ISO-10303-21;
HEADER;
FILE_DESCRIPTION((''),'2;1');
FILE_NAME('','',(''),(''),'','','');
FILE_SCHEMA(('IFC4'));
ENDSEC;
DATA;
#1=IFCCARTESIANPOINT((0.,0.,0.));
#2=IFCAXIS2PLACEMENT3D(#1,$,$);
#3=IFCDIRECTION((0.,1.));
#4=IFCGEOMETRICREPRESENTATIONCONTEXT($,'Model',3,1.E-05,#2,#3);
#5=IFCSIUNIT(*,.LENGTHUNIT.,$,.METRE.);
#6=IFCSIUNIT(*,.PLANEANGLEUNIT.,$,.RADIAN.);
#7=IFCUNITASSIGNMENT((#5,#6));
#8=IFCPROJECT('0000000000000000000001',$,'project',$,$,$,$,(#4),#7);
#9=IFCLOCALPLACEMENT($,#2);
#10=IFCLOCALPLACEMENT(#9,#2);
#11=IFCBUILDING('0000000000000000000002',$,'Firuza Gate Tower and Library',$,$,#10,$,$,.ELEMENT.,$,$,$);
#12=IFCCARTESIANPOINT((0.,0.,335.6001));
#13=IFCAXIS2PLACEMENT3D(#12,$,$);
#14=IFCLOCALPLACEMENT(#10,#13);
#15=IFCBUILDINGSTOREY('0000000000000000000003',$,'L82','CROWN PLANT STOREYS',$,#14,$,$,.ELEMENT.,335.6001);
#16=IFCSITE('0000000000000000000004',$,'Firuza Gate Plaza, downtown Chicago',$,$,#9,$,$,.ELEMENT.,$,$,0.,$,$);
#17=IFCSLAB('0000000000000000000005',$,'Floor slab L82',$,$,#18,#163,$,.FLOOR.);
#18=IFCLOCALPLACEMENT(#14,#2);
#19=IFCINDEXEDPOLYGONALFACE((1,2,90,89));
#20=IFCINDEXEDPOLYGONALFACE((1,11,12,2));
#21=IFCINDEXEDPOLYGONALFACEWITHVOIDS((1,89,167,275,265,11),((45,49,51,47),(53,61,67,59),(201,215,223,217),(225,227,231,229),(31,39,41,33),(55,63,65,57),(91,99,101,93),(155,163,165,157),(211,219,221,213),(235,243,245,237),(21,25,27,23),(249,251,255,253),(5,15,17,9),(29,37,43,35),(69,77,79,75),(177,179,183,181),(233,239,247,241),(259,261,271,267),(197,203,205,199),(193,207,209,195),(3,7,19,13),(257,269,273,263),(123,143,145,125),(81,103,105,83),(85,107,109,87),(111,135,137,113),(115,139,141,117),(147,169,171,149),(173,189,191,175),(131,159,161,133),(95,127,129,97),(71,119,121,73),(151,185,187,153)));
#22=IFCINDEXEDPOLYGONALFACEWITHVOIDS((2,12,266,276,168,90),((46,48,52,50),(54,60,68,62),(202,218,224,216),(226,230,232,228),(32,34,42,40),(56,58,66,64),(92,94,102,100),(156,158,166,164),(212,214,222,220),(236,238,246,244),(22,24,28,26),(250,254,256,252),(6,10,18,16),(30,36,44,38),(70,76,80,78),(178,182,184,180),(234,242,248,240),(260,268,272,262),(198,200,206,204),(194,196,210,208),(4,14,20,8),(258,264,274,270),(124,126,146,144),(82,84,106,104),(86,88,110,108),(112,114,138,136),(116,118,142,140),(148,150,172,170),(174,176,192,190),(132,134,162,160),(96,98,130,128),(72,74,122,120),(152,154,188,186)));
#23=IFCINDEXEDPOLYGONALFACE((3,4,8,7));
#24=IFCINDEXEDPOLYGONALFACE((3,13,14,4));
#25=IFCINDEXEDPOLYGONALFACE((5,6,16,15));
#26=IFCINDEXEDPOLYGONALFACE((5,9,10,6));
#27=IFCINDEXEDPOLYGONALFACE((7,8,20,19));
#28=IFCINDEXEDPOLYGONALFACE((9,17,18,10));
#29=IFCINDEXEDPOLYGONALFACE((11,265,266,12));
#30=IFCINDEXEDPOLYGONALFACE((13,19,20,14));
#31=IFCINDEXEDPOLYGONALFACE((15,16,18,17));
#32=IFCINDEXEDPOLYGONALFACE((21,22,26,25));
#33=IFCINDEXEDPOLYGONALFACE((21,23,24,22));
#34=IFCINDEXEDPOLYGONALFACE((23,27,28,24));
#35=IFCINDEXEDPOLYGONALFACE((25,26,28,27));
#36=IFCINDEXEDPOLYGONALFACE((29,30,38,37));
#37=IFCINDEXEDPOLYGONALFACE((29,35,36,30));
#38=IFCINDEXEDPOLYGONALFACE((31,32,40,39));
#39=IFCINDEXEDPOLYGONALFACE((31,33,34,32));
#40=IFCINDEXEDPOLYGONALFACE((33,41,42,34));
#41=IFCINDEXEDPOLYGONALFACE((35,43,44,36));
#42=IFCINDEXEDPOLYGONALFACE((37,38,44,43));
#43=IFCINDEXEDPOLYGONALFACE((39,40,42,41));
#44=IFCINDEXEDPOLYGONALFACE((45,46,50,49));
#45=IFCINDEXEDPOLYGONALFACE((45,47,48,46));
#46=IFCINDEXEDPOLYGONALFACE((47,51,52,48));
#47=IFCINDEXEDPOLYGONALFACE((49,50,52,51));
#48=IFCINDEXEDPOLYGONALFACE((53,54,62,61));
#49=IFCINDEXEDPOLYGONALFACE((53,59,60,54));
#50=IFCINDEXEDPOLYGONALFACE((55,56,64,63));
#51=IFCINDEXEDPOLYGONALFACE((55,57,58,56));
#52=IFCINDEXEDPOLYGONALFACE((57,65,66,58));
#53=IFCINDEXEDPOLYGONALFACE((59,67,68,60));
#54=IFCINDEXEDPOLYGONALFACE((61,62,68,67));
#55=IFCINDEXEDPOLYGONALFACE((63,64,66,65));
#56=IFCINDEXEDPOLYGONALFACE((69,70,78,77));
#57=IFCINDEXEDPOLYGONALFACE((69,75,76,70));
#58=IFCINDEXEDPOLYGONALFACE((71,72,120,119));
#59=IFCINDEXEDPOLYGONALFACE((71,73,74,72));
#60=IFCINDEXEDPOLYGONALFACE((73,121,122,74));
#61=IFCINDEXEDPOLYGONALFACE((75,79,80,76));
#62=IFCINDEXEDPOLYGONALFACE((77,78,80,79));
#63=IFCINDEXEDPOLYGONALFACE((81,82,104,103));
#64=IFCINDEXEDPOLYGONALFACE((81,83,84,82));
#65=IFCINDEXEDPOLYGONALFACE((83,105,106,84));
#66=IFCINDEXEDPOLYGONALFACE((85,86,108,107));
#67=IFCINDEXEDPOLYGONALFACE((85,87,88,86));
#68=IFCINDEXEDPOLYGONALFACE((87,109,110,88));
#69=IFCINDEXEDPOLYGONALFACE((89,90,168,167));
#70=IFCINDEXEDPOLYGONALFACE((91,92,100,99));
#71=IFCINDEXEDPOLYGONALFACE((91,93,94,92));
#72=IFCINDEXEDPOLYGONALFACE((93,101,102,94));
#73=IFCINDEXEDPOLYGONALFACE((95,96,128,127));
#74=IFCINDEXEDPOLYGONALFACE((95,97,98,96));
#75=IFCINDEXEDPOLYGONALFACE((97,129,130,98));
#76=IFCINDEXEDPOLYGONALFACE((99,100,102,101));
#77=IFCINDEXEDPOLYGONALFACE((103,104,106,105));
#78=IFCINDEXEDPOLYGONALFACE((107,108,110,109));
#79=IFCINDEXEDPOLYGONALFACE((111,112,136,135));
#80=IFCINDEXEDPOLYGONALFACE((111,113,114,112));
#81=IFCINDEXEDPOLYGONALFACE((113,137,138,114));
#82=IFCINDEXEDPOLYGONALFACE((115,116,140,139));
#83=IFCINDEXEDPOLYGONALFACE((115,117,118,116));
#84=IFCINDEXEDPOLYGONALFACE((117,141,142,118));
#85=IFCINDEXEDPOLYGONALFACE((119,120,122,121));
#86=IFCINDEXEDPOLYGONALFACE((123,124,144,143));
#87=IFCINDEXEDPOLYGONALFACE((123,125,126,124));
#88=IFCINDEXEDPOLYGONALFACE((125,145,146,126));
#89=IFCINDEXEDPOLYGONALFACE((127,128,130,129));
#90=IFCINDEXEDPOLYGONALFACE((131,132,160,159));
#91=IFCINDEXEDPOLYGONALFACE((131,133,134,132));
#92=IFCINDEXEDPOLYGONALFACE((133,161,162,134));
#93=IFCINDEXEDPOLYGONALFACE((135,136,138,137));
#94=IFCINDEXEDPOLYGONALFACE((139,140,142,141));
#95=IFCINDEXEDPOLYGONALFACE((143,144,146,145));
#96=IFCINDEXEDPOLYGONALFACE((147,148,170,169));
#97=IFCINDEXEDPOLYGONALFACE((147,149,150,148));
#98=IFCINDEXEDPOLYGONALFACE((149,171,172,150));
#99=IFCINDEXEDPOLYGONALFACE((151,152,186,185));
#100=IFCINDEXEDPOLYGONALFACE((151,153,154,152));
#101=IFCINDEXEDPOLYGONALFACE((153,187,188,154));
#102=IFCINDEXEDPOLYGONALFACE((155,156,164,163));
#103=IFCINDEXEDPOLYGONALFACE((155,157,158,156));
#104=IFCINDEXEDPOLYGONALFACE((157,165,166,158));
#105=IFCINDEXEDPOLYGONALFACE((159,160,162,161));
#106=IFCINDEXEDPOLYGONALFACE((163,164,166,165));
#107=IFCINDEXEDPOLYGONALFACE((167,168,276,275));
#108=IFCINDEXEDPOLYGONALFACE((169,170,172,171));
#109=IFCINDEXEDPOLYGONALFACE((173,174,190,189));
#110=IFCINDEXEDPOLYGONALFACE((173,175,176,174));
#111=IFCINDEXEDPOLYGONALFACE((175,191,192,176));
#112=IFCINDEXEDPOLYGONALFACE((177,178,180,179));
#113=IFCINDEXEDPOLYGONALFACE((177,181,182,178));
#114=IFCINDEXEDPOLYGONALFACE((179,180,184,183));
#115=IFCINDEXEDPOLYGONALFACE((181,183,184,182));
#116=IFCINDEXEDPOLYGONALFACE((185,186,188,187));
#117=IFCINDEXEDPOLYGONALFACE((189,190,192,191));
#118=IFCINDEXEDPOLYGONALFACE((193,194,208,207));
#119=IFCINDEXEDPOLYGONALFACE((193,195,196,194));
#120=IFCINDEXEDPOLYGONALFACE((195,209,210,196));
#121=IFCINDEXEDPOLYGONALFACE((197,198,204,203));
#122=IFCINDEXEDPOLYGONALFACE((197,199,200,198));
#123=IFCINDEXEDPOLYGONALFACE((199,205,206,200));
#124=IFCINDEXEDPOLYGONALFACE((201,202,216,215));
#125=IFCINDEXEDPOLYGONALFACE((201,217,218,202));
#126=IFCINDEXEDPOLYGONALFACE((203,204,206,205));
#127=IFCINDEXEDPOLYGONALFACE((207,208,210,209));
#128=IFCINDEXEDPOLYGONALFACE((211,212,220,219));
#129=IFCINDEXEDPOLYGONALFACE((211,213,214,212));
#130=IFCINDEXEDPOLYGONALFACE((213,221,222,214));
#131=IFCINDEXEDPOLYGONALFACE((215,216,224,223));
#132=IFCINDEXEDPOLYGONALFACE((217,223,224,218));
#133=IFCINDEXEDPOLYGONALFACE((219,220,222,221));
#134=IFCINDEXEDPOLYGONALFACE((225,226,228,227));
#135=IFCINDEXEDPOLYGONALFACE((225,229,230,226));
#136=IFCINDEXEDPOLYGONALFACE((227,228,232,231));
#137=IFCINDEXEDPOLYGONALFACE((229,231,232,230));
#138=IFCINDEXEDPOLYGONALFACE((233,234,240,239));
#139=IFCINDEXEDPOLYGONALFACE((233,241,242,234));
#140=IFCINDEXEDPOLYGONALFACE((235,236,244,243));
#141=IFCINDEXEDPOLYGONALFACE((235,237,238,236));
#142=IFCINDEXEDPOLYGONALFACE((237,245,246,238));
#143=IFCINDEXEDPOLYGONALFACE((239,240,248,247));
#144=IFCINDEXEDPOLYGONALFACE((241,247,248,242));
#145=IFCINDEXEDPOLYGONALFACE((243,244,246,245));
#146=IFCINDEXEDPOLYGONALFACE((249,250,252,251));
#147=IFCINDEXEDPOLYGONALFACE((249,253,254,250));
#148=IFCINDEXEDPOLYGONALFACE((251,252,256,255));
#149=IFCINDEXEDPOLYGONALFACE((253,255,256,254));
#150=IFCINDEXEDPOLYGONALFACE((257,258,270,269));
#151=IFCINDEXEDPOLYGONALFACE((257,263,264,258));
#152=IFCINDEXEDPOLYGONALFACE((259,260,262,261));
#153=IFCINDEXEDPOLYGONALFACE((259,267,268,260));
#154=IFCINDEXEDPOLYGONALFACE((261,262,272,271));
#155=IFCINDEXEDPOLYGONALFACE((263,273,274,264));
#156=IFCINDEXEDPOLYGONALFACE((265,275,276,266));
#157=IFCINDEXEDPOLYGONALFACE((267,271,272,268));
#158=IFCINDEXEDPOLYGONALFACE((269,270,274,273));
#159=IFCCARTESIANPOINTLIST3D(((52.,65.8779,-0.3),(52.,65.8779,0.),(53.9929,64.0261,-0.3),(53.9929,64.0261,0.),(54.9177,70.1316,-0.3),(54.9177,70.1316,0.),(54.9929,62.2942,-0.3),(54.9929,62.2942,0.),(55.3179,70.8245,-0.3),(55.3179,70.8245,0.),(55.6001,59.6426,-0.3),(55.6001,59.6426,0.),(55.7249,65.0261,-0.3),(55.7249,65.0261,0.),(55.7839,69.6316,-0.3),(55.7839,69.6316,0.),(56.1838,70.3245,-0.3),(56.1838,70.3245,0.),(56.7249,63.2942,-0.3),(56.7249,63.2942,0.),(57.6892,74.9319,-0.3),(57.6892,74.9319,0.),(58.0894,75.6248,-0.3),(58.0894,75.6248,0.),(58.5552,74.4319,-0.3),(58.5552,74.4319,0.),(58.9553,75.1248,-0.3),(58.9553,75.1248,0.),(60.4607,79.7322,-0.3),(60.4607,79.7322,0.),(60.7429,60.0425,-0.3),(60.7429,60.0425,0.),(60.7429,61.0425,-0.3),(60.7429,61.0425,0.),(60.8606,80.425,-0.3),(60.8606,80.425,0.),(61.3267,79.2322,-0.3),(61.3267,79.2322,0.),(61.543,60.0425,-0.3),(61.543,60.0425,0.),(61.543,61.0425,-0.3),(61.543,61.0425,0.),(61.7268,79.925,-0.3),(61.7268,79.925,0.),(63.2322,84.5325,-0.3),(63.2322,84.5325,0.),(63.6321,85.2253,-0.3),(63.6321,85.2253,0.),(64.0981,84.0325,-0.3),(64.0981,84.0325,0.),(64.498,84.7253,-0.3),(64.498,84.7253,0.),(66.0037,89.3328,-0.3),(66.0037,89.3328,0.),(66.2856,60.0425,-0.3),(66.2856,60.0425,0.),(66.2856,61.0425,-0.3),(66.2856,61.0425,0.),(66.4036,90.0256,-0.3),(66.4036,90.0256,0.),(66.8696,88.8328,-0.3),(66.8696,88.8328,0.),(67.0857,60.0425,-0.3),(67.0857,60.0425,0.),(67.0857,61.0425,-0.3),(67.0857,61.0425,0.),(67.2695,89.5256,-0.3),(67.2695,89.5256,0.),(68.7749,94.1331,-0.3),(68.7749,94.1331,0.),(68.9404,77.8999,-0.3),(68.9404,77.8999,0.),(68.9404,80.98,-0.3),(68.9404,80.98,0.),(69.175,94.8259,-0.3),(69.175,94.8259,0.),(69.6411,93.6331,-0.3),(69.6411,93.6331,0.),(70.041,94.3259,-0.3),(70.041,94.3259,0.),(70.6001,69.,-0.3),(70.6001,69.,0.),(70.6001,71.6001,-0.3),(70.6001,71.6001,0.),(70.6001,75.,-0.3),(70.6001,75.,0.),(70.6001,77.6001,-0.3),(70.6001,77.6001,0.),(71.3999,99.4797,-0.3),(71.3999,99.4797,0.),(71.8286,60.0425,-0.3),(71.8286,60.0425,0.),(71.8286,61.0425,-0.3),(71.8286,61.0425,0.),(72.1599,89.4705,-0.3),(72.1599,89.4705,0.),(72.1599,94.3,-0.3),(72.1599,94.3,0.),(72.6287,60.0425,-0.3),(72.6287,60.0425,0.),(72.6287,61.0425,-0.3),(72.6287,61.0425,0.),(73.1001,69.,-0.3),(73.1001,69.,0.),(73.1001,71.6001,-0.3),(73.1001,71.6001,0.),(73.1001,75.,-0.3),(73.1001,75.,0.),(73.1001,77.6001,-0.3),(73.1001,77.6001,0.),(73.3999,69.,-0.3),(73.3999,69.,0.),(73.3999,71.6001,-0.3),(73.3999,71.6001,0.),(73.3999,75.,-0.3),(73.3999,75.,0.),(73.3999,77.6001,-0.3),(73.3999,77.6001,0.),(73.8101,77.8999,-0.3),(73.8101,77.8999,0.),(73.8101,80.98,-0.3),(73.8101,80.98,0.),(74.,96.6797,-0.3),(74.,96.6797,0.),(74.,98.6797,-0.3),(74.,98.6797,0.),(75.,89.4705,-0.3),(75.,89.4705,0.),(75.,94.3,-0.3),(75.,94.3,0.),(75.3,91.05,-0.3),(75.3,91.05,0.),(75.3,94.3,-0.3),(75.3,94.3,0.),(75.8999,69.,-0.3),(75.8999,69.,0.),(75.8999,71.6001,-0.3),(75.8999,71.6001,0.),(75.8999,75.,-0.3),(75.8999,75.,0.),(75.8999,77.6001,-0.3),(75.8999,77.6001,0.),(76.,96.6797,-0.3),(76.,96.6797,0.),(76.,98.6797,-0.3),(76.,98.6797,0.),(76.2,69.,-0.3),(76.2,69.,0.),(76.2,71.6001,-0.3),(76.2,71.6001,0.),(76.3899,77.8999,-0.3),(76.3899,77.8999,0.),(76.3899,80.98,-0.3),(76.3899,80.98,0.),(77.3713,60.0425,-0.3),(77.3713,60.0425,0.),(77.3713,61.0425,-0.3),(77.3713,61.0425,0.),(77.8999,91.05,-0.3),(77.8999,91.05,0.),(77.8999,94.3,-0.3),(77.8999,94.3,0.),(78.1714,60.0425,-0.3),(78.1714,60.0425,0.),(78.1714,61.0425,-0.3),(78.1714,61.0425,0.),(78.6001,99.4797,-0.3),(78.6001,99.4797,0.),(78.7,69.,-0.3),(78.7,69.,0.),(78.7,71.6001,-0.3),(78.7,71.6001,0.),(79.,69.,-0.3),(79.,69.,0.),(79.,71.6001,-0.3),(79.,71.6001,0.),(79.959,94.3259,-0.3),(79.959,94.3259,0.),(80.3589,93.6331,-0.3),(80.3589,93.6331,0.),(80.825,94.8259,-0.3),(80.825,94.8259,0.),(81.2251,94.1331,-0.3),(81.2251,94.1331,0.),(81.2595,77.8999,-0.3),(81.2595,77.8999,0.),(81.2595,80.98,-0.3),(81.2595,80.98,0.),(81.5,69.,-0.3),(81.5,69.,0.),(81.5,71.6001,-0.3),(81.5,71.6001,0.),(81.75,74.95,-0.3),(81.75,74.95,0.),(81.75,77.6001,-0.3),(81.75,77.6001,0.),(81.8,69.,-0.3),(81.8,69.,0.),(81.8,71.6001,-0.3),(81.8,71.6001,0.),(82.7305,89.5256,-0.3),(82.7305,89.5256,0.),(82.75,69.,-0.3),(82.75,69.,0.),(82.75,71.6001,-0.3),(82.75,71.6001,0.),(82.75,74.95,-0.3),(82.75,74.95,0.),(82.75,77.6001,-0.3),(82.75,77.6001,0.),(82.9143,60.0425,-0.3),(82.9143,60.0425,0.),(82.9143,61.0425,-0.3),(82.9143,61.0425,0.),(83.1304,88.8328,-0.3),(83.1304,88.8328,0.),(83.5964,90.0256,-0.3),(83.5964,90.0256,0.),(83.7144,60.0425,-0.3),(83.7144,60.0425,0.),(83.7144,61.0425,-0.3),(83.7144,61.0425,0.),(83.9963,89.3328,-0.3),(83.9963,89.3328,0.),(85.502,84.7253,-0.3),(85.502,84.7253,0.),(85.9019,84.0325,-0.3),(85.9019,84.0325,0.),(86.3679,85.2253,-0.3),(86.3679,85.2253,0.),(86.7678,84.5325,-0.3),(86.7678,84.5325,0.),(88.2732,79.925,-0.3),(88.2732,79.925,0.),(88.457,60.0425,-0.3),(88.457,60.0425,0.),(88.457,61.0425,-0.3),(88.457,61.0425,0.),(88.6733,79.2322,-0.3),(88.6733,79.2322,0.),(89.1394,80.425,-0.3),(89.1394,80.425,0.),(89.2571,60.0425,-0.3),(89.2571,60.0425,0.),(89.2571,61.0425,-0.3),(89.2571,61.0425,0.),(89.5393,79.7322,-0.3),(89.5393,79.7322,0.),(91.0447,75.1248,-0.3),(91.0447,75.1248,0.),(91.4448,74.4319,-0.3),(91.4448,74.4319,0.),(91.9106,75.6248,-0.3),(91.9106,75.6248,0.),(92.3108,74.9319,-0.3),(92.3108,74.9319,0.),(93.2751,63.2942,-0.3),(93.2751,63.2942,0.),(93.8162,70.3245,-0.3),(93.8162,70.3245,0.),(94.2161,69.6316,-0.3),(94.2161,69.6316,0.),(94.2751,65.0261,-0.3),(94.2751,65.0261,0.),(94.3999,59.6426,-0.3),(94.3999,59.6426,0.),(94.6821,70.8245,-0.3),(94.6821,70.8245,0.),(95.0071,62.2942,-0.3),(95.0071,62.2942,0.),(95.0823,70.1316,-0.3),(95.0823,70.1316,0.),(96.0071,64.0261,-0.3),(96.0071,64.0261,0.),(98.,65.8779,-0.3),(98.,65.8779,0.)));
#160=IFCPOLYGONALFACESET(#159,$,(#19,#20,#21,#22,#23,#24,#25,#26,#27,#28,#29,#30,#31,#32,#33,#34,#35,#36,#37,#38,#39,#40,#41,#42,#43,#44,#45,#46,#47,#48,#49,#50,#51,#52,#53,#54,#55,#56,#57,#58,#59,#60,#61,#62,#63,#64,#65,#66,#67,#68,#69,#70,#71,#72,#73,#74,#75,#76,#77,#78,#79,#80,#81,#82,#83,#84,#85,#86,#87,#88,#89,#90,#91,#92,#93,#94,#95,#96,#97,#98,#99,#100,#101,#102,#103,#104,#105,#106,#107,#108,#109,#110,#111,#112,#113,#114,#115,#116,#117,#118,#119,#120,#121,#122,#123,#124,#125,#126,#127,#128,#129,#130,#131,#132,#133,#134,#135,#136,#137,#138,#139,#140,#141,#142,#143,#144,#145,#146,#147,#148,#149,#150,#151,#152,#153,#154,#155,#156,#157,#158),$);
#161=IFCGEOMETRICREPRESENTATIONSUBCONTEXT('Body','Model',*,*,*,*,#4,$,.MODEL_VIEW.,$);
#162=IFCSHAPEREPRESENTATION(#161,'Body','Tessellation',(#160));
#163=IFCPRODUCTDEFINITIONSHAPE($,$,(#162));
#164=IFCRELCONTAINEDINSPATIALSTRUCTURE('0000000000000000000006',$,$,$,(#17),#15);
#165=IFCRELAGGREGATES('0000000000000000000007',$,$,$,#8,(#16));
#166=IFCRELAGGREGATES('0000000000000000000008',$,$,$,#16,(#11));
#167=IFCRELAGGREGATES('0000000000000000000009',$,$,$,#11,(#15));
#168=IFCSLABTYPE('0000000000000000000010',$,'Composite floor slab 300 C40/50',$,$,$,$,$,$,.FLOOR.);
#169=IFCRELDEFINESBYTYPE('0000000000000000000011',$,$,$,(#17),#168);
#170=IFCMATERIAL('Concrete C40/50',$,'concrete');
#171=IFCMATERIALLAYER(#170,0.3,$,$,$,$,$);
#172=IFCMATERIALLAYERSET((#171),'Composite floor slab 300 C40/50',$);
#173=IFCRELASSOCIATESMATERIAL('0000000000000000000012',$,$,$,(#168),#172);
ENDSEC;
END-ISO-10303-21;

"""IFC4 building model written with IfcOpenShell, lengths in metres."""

from ifc_helpers import new_model, si_unit, direction, frame, origin, place, context, subcontext, project, spatial, polyline, outline, extrude, material, layer, layer_set, type_object, element, save


model = new_model("IFC4")

# Units and contexts
model_context = context("Model", 3, precision=1e-05, world=origin(), true_north=direction((0.0, 1.0)))
body_context = subcontext(model_context, "Body", "Model", "MODEL_VIEW")
ifc_project = project(units=[si_unit("LENGTHUNIT", "METRE"), si_unit("PLANEANGLEUNIT", "RADIAN")], contexts=[model_context])

# Site, building, storey
site_placement = place(None, origin())
site = spatial("IfcSite", under=ifc_project, at=site_placement, Name="Firuza Gate Plaza, downtown Chicago", CompositionType="ELEMENT", RefElevation=0.0)
building_placement = place(site_placement, origin())
building = spatial("IfcBuilding", under=site, at=building_placement, Name="Firuza Gate Tower and Library", CompositionType="ELEMENT")
storey_placement = place(building_placement, frame((0.0, 0.0, 335.6001)))
storey = spatial("IfcBuildingStorey", under=building, at=storey_placement, Name="L82", Description="CROWN PLANT STOREYS", CompositionType="ELEMENT", Elevation=335.6001)

# Slab
ifc_material_1 = material(Name="Concrete C40/50", Category="concrete")
ifc_layer_1 = layer(ifc_material_1, 0.3)
ifc_layer_set_1 = layer_set([ifc_layer_1], Name="Composite floor slab 300 C40/50")
slab_type_1 = type_object("IfcSlabType", Name="Composite floor slab 300 C40/50", PredefinedType="FLOOR", material=ifc_layer_set_1)
slab_1_placement = place(storey_placement, frame((0.0, 0.0, -0.3)))
element("IfcSlab", 1, at=slab_1_placement, inside=storey, type_object=slab_type_1, Name="Floor slab L82", PredefinedType="FLOOR", context=body_context, shape_type="SweptSolid", body=[
    extrude(outline(polyline([(52.0, 65.8779), (55.6001, 59.6426), (94.3999, 59.6426), (98.0, 65.8779), (78.6001, 99.4797), (71.3999, 99.4797), (52.0, 65.8779)]), holes=[polyline([(60.7429, 60.0425), (60.7429, 61.0425), (61.543, 61.0425), (61.543, 60.0425), (60.7429, 60.0425)]), polyline([(66.2856, 60.0425), (66.2856, 61.0425), (67.0857, 61.0425), (67.0857, 60.0425), (66.2856, 60.0425)]), polyline([(71.8286, 60.0425), (71.8286, 61.0425), (72.6287, 61.0425), (72.6287, 60.0425), (71.8286, 60.0425)]), polyline([(53.9929, 64.0261), (55.7249, 65.0261), (56.7249, 63.2942), (54.9929, 62.2942), (53.9929, 64.0261)]), polyline([(55.3179, 70.8245), (56.1838, 70.3245), (55.7839, 69.6316), (54.9177, 70.1316), (55.3179, 70.8245)]), polyline([(73.1001, 69.0), (70.6001, 69.0), (70.6001, 71.6001), (73.1001, 71.6001), (73.1001, 69.0)]), polyline([(75.8999, 69.0), (73.3999, 69.0), (73.3999, 71.6001), (75.8999, 71.6001), (75.8999, 69.0)]), polyline([(58.0894, 75.6248), (58.9553, 75.1248), (58.5552, 74.4319), (57.6892, 74.9319), (58.0894, 75.6248)]), polyline([(73.1001, 75.0), (70.6001, 75.0), (70.6001, 77.6001), (73.1001, 77.6001), (73.1001, 75.0)]), polyline([(75.8999, 75.0), (73.3999, 75.0), (73.3999, 77.6001), (75.8999, 77.6001), (75.8999, 75.0)]), polyline([(68.9404, 77.8999), (68.9404, 80.98), (73.8101, 80.98), (73.8101, 77.8999), (68.9404, 77.8999)]), polyline([(60.8606, 80.425), (61.7268, 79.925), (61.3267, 79.2322), (60.4607, 79.7322), (60.8606, 80.425)]), polyline([(63.6321, 85.2253), (64.498, 84.7253), (64.0981, 84.0325), (63.2322, 84.5325), (63.6321, 85.2253)]), polyline([(66.4036, 90.0256), (67.2695, 89.5256), (66.8696, 88.8328), (66.0037, 89.3328), (66.4036, 90.0256)]), polyline([(72.1599, 89.4705), (72.1599, 94.3), (75.0, 94.3), (75.0, 89.4705), (72.1599, 89.4705)]), polyline([(69.175, 94.8259), (70.041, 94.3259), (69.6411, 93.6331), (68.7749, 94.1331), (69.175, 94.8259)]), polyline([(76.0, 98.6797), (76.0, 96.6797), (74.0, 96.6797), (74.0, 98.6797), (76.0, 98.6797)]), polyline([(77.3713, 60.0425), (77.3713, 61.0425), (78.1714, 61.0425), (78.1714, 60.0425), (77.3713, 60.0425)]), polyline([(82.9143, 60.0425), (82.9143, 61.0425), (83.7144, 61.0425), (83.7144, 60.0425), (82.9143, 60.0425)]), polyline([(88.457, 60.0425), (88.457, 61.0425), (89.2571, 61.0425), (89.2571, 60.0425), (88.457, 60.0425)]), polyline([(95.0071, 62.2942), (93.2751, 63.2942), (94.2751, 65.0261), (96.0071, 64.0261), (95.0071, 62.2942)]), polyline([(95.0823, 70.1316), (94.2161, 69.6316), (93.8162, 70.3245), (94.6821, 70.8245), (95.0823, 70.1316)]), polyline([(78.7, 69.0), (76.2, 69.0), (76.2, 71.6001), (78.7, 71.6001), (78.7, 69.0)]), polyline([(81.5, 69.0), (79.0, 69.0), (79.0, 71.6001), (81.5, 71.6001), (81.5, 69.0)]), polyline([(82.75, 69.0), (81.8, 69.0), (81.8, 71.6001), (82.75, 71.6001), (82.75, 69.0)]), polyline([(92.3108, 74.9319), (91.4448, 74.4319), (91.0447, 75.1248), (91.9106, 75.6248), (92.3108, 74.9319)]), polyline([(82.75, 74.95), (81.75, 74.95), (81.75, 77.6001), (82.75, 77.6001), (82.75, 74.95)]), polyline([(81.2595, 80.98), (81.2595, 77.8999), (76.3899, 77.8999), (76.3899, 80.98), (81.2595, 80.98)]), polyline([(89.5393, 79.7322), (88.6733, 79.2322), (88.2732, 79.925), (89.1394, 80.425), (89.5393, 79.7322)]), polyline([(86.7678, 84.5325), (85.9019, 84.0325), (85.502, 84.7253), (86.3679, 85.2253), (86.7678, 84.5325)]), polyline([(83.9963, 89.3328), (83.1304, 88.8328), (82.7305, 89.5256), (83.5964, 90.0256), (83.9963, 89.3328)]), polyline([(75.3, 91.05), (75.3, 94.3), (77.8999, 94.3), (77.8999, 91.05), (75.3, 91.05)]), polyline([(80.3589, 93.6331), (79.959, 94.3259), (80.825, 94.8259), (81.2251, 94.1331), (80.3589, 93.6331)])]), origin(), (0.0, 0.0, 1.0), 0.3),
])

save(model, "model.ifc")
